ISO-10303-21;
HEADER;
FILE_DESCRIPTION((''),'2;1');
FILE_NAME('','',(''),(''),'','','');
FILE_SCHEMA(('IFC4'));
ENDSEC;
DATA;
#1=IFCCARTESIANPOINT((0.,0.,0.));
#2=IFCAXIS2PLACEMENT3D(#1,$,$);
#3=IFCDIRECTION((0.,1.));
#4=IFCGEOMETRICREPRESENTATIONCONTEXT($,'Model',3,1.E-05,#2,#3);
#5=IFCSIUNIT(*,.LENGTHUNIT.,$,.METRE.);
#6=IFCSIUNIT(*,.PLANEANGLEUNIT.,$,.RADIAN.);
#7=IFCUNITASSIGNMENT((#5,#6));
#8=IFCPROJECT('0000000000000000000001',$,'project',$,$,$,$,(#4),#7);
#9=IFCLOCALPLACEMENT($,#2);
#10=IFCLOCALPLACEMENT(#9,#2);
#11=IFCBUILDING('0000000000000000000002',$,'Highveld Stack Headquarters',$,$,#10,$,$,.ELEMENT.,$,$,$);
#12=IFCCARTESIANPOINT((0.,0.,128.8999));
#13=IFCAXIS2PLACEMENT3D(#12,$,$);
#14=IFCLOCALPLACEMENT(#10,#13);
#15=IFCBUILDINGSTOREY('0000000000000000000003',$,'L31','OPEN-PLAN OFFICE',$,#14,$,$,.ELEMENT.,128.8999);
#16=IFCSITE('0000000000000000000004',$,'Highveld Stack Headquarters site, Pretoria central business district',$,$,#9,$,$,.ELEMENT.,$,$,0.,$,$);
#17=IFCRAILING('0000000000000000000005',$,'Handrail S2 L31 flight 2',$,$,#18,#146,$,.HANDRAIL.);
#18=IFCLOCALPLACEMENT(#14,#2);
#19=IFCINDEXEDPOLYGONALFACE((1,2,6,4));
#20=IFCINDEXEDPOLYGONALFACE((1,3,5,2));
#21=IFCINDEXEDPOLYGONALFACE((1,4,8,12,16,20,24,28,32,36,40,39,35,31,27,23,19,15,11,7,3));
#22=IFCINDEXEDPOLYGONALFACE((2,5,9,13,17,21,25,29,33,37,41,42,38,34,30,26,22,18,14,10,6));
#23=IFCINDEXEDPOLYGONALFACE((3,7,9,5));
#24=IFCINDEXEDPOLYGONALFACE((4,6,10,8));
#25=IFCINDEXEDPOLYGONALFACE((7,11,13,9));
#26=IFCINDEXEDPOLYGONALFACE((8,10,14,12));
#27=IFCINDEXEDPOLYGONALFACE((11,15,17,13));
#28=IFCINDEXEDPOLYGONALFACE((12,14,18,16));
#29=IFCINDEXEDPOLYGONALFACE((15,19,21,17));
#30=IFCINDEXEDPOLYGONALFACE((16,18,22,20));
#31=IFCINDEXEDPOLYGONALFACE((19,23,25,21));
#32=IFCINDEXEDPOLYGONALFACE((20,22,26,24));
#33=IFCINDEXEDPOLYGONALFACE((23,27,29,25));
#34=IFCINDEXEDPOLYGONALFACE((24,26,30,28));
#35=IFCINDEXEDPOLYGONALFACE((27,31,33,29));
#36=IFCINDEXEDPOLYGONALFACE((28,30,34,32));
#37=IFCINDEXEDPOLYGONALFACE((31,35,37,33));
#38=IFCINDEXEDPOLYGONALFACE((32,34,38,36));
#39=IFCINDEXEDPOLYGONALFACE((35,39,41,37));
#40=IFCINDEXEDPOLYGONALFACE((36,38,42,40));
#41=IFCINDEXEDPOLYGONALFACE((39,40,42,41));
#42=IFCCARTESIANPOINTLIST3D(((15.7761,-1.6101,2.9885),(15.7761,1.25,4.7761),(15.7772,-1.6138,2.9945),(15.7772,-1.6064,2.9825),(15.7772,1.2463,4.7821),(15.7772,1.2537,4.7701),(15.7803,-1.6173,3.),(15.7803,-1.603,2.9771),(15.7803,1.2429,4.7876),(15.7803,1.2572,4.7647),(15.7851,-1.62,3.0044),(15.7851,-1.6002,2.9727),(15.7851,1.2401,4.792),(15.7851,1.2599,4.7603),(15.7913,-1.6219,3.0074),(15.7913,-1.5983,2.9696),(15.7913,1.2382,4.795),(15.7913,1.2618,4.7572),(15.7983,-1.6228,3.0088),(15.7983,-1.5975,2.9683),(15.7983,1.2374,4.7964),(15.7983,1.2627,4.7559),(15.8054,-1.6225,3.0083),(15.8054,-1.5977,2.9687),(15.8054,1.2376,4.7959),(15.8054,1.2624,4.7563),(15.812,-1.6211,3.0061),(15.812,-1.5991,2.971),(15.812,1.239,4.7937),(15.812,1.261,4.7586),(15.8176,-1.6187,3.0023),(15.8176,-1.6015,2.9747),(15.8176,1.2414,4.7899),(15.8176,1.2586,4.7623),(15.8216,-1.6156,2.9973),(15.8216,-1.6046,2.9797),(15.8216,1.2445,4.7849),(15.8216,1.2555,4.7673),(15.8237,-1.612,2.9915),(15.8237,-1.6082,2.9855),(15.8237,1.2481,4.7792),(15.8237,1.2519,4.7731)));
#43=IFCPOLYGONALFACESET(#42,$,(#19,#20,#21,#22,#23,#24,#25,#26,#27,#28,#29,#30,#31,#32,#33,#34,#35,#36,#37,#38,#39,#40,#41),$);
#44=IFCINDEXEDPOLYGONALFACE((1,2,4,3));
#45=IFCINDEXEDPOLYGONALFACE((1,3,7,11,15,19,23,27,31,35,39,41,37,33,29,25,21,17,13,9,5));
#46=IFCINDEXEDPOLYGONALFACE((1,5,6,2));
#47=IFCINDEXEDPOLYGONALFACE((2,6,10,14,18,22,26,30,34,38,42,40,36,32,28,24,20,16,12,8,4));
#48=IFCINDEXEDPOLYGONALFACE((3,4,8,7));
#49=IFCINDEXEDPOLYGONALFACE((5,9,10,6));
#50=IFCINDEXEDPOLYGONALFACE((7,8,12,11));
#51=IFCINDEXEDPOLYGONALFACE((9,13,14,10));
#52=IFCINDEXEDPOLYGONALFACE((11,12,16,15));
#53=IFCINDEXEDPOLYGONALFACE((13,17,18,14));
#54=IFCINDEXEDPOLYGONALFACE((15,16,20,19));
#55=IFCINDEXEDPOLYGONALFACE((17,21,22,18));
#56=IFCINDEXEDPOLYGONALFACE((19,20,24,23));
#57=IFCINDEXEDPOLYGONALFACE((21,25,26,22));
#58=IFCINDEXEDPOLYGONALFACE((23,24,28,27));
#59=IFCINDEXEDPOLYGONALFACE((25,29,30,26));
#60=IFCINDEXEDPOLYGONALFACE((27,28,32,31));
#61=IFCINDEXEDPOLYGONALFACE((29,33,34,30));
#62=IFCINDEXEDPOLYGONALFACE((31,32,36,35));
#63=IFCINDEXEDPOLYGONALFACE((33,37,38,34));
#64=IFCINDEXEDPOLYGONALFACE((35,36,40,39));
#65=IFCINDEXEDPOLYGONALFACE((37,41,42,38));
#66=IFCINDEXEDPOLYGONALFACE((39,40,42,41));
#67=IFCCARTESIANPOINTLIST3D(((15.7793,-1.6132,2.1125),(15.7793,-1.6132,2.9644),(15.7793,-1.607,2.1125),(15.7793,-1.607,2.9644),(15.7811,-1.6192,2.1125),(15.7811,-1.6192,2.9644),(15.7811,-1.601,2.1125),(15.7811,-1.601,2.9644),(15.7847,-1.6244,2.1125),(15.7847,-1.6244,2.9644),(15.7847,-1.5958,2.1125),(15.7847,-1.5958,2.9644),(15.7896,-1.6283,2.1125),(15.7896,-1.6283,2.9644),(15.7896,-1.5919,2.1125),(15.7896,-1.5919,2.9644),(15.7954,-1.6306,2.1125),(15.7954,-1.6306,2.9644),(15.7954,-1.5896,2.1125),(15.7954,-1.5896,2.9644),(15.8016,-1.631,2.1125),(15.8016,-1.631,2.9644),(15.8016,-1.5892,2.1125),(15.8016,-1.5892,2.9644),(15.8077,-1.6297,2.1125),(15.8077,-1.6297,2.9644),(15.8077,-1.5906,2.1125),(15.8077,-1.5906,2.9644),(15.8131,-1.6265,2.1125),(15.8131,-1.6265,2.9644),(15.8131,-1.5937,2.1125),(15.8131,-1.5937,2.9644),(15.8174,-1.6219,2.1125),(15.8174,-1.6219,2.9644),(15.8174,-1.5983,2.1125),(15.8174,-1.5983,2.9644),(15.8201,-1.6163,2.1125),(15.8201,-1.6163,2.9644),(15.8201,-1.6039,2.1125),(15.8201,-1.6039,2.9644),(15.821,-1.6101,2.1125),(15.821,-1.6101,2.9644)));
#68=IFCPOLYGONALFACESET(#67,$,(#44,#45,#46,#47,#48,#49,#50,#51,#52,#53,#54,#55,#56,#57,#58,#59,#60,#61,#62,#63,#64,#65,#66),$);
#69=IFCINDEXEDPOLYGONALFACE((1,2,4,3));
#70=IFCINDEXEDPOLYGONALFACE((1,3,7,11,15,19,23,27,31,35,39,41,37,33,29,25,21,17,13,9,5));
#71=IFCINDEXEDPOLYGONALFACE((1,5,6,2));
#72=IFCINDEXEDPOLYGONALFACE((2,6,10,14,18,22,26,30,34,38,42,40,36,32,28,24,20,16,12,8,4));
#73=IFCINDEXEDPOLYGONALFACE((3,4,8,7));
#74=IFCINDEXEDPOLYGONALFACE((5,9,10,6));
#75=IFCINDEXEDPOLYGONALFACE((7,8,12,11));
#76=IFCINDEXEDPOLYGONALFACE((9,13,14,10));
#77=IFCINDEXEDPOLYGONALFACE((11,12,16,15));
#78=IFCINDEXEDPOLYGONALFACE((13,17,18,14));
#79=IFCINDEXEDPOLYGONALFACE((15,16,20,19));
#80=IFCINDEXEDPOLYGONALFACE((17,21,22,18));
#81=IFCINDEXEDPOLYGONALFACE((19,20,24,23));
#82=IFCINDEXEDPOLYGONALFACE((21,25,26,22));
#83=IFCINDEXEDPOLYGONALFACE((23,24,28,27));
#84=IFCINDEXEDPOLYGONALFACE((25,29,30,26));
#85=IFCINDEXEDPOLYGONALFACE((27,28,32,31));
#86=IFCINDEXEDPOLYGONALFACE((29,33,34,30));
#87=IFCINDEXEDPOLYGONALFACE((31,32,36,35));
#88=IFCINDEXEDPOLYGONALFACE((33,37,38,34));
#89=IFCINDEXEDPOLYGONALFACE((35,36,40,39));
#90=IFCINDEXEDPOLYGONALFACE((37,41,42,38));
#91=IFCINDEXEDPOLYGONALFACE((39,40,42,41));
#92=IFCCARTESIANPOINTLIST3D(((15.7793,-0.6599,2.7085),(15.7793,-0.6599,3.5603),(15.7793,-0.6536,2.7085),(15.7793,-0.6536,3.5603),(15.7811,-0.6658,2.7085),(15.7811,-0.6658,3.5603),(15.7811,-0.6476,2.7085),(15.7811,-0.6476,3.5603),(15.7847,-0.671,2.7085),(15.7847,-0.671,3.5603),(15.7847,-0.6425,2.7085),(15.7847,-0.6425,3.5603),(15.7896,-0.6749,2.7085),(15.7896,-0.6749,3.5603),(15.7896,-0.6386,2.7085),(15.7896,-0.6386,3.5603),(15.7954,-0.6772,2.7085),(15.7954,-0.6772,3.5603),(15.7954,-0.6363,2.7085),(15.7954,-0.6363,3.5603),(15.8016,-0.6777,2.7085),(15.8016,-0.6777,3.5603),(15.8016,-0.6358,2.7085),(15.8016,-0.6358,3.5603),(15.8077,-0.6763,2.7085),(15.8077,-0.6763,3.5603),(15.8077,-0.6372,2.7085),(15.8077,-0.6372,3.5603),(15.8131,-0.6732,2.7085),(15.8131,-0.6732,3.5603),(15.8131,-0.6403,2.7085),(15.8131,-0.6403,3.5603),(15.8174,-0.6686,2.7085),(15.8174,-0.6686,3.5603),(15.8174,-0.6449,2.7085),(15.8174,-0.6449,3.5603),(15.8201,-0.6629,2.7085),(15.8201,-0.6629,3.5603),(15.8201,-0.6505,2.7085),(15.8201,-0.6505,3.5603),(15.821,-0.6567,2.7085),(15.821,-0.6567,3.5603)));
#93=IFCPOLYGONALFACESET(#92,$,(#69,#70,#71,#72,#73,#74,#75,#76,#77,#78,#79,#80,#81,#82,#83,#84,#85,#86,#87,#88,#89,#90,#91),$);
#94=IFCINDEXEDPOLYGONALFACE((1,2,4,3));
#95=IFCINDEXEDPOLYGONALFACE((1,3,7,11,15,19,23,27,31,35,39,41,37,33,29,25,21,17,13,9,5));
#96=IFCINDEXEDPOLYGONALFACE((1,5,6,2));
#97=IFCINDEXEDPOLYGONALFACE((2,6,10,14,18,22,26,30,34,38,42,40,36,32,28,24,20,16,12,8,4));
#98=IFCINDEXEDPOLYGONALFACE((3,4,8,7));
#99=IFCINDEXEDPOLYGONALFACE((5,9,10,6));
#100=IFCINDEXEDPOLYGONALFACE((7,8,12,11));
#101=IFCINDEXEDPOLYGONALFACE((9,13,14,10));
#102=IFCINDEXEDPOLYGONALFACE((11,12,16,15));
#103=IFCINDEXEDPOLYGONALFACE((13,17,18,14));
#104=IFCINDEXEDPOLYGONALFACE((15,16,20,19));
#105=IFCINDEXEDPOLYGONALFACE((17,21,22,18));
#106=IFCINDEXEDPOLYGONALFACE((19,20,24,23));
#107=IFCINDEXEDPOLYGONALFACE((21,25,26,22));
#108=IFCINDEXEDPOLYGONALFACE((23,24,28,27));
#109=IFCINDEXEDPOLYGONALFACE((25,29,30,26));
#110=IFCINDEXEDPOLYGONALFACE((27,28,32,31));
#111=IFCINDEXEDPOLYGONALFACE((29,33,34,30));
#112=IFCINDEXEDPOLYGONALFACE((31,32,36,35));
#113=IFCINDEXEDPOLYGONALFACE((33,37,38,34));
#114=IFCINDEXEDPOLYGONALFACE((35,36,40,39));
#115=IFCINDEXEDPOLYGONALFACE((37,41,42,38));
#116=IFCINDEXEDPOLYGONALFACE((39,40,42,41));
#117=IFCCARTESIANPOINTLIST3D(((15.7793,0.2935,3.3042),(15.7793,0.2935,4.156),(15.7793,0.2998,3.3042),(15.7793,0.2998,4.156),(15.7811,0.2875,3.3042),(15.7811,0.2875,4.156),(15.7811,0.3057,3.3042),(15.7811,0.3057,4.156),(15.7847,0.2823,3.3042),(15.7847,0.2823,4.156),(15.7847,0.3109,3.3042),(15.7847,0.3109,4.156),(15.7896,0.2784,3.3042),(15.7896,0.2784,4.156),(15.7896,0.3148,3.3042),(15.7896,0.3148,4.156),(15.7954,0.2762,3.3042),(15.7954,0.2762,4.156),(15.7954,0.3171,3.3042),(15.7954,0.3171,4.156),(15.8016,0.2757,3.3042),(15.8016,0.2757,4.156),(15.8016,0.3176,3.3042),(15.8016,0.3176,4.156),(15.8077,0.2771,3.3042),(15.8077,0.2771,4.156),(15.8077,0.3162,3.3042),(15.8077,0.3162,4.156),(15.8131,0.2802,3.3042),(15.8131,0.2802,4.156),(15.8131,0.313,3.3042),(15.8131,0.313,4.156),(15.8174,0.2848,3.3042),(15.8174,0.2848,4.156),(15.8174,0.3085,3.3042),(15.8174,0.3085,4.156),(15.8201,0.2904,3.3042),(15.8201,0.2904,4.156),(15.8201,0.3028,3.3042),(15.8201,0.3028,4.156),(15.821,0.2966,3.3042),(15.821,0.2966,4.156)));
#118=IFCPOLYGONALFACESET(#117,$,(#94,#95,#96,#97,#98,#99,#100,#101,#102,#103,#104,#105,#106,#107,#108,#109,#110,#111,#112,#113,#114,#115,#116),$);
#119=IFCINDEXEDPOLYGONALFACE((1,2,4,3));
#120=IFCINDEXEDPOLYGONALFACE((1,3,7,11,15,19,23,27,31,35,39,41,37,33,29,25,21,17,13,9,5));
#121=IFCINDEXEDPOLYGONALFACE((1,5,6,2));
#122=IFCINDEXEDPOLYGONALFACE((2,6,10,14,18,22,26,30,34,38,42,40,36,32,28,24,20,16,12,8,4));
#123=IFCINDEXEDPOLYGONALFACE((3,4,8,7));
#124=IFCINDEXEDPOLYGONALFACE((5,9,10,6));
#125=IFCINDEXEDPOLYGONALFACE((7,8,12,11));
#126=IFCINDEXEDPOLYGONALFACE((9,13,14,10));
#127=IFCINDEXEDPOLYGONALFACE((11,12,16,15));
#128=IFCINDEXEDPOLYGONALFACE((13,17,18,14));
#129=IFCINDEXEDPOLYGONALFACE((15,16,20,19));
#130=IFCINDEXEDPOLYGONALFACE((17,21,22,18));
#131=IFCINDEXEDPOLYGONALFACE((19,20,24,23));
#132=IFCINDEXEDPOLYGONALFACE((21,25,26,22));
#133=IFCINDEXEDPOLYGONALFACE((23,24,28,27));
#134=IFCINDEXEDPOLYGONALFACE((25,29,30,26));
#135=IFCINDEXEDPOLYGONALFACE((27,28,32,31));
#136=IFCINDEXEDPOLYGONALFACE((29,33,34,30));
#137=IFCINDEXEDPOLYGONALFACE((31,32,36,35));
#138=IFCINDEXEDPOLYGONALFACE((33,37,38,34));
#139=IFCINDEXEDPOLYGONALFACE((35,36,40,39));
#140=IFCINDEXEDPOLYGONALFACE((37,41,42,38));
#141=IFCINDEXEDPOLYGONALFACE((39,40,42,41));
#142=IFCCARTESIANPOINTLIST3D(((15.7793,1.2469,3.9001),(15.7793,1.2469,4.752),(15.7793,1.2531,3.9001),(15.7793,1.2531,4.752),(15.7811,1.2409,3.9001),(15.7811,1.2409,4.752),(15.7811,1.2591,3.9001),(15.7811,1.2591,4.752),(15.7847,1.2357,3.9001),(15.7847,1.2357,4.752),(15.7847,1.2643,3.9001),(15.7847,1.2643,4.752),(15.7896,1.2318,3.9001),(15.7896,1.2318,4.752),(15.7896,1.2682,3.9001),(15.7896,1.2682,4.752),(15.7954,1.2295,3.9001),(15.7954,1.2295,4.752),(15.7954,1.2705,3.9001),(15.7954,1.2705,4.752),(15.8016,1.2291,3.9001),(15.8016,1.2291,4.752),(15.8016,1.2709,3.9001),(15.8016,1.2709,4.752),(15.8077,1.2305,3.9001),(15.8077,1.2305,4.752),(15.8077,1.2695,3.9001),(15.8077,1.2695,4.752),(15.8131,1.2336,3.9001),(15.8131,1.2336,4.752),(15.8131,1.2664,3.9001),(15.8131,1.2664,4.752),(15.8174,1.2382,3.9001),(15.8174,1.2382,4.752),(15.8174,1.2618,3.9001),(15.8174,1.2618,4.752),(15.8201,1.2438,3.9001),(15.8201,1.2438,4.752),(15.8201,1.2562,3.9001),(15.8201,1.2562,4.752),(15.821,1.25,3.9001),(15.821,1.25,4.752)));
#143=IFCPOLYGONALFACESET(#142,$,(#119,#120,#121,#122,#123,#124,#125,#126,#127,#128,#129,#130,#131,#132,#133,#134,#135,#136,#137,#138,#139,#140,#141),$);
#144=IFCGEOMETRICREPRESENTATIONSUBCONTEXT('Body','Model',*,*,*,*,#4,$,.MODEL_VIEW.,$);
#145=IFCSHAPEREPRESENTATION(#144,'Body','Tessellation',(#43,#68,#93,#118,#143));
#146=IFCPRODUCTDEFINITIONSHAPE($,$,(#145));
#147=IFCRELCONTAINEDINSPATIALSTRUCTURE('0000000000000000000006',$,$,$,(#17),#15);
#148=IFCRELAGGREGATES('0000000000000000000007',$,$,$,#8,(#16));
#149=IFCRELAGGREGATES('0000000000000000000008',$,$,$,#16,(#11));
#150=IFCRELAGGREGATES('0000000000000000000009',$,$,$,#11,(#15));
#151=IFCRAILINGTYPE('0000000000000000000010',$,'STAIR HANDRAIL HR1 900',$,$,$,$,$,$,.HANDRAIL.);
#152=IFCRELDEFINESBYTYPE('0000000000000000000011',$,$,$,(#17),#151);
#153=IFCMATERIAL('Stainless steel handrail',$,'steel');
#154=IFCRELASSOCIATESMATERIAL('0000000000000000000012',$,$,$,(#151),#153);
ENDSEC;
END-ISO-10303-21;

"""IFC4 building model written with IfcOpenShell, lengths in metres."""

from ifc_helpers import new_model, si_unit, direction, frame, origin, origin_2d, place, context, subcontext, project, spatial, circle, extrude, material, type_object, element, save


model = new_model("IFC4")

# Units and contexts
model_context = context("Model", 3, precision=1e-05, world=origin(), true_north=direction((0.0, 1.0)))
body_context = subcontext(model_context, "Body", "Model", "MODEL_VIEW")
ifc_project = project(units=[si_unit("LENGTHUNIT", "METRE"), si_unit("PLANEANGLEUNIT", "RADIAN")], contexts=[model_context])

# Site, building, storey
site_placement = place(None, origin())
site = spatial("IfcSite", under=ifc_project, at=site_placement, Name="Highveld Stack Headquarters site, Pretoria central business district", CompositionType="ELEMENT", RefElevation=0.0)
building_placement = place(site_placement, origin())
building = spatial("IfcBuilding", under=site, at=building_placement, Name="Highveld Stack Headquarters", CompositionType="ELEMENT")
storey_placement = place(building_placement, frame((0.0, 0.0, 128.8999)))
storey = spatial("IfcBuildingStorey", under=building, at=storey_placement, Name="L31", Description="OPEN-PLAN OFFICE", CompositionType="ELEMENT", Elevation=128.8999)

# Railing
ifc_material_1 = material(Name="Stainless steel handrail", Category="steel")
railing_type = type_object("IfcRailingType", Name="STAIR HANDRAIL HR1 900", PredefinedType="HANDRAIL", material=ifc_material_1)
railing_placement = place(storey_placement, frame((15.8, -1.6101, 2.1125)))
element("IfcRailing", 1, at=railing_placement, inside=storey, type_object=railing_type, Name="Handrail S2 L31 flight 2", PredefinedType="HANDRAIL", context=body_context, shape_type="SweptSolid", body=[
    extrude(circle(Radius=0.0239, at=origin_2d()), frame((0.0, 0.0, 0.876), z_axis=(0.0, 0.847994, 0.530005), x_axis=(-1.0, 0.0, 0.0)), (0.0, 0.0, 1.0), 3.3728),
    extrude(circle(Radius=0.021, at=origin_2d()), origin(), (0.0, 0.0, 1.0), 0.8518),
    extrude(circle(Radius=0.021, at=origin_2d()), frame((0.0, 0.9534, 0.5959)), (0.0, 0.0, 1.0), 0.8518),
    extrude(circle(Radius=0.021, at=origin_2d()), frame((0.0, 1.9067, 1.1917)), (0.0, 0.0, 1.0), 0.8518),
    extrude(circle(Radius=0.021, at=origin_2d()), frame((0.0, 2.8601, 1.7876)), (0.0, 0.0, 1.0), 0.8518),
])

save(model, "model.ifc")
